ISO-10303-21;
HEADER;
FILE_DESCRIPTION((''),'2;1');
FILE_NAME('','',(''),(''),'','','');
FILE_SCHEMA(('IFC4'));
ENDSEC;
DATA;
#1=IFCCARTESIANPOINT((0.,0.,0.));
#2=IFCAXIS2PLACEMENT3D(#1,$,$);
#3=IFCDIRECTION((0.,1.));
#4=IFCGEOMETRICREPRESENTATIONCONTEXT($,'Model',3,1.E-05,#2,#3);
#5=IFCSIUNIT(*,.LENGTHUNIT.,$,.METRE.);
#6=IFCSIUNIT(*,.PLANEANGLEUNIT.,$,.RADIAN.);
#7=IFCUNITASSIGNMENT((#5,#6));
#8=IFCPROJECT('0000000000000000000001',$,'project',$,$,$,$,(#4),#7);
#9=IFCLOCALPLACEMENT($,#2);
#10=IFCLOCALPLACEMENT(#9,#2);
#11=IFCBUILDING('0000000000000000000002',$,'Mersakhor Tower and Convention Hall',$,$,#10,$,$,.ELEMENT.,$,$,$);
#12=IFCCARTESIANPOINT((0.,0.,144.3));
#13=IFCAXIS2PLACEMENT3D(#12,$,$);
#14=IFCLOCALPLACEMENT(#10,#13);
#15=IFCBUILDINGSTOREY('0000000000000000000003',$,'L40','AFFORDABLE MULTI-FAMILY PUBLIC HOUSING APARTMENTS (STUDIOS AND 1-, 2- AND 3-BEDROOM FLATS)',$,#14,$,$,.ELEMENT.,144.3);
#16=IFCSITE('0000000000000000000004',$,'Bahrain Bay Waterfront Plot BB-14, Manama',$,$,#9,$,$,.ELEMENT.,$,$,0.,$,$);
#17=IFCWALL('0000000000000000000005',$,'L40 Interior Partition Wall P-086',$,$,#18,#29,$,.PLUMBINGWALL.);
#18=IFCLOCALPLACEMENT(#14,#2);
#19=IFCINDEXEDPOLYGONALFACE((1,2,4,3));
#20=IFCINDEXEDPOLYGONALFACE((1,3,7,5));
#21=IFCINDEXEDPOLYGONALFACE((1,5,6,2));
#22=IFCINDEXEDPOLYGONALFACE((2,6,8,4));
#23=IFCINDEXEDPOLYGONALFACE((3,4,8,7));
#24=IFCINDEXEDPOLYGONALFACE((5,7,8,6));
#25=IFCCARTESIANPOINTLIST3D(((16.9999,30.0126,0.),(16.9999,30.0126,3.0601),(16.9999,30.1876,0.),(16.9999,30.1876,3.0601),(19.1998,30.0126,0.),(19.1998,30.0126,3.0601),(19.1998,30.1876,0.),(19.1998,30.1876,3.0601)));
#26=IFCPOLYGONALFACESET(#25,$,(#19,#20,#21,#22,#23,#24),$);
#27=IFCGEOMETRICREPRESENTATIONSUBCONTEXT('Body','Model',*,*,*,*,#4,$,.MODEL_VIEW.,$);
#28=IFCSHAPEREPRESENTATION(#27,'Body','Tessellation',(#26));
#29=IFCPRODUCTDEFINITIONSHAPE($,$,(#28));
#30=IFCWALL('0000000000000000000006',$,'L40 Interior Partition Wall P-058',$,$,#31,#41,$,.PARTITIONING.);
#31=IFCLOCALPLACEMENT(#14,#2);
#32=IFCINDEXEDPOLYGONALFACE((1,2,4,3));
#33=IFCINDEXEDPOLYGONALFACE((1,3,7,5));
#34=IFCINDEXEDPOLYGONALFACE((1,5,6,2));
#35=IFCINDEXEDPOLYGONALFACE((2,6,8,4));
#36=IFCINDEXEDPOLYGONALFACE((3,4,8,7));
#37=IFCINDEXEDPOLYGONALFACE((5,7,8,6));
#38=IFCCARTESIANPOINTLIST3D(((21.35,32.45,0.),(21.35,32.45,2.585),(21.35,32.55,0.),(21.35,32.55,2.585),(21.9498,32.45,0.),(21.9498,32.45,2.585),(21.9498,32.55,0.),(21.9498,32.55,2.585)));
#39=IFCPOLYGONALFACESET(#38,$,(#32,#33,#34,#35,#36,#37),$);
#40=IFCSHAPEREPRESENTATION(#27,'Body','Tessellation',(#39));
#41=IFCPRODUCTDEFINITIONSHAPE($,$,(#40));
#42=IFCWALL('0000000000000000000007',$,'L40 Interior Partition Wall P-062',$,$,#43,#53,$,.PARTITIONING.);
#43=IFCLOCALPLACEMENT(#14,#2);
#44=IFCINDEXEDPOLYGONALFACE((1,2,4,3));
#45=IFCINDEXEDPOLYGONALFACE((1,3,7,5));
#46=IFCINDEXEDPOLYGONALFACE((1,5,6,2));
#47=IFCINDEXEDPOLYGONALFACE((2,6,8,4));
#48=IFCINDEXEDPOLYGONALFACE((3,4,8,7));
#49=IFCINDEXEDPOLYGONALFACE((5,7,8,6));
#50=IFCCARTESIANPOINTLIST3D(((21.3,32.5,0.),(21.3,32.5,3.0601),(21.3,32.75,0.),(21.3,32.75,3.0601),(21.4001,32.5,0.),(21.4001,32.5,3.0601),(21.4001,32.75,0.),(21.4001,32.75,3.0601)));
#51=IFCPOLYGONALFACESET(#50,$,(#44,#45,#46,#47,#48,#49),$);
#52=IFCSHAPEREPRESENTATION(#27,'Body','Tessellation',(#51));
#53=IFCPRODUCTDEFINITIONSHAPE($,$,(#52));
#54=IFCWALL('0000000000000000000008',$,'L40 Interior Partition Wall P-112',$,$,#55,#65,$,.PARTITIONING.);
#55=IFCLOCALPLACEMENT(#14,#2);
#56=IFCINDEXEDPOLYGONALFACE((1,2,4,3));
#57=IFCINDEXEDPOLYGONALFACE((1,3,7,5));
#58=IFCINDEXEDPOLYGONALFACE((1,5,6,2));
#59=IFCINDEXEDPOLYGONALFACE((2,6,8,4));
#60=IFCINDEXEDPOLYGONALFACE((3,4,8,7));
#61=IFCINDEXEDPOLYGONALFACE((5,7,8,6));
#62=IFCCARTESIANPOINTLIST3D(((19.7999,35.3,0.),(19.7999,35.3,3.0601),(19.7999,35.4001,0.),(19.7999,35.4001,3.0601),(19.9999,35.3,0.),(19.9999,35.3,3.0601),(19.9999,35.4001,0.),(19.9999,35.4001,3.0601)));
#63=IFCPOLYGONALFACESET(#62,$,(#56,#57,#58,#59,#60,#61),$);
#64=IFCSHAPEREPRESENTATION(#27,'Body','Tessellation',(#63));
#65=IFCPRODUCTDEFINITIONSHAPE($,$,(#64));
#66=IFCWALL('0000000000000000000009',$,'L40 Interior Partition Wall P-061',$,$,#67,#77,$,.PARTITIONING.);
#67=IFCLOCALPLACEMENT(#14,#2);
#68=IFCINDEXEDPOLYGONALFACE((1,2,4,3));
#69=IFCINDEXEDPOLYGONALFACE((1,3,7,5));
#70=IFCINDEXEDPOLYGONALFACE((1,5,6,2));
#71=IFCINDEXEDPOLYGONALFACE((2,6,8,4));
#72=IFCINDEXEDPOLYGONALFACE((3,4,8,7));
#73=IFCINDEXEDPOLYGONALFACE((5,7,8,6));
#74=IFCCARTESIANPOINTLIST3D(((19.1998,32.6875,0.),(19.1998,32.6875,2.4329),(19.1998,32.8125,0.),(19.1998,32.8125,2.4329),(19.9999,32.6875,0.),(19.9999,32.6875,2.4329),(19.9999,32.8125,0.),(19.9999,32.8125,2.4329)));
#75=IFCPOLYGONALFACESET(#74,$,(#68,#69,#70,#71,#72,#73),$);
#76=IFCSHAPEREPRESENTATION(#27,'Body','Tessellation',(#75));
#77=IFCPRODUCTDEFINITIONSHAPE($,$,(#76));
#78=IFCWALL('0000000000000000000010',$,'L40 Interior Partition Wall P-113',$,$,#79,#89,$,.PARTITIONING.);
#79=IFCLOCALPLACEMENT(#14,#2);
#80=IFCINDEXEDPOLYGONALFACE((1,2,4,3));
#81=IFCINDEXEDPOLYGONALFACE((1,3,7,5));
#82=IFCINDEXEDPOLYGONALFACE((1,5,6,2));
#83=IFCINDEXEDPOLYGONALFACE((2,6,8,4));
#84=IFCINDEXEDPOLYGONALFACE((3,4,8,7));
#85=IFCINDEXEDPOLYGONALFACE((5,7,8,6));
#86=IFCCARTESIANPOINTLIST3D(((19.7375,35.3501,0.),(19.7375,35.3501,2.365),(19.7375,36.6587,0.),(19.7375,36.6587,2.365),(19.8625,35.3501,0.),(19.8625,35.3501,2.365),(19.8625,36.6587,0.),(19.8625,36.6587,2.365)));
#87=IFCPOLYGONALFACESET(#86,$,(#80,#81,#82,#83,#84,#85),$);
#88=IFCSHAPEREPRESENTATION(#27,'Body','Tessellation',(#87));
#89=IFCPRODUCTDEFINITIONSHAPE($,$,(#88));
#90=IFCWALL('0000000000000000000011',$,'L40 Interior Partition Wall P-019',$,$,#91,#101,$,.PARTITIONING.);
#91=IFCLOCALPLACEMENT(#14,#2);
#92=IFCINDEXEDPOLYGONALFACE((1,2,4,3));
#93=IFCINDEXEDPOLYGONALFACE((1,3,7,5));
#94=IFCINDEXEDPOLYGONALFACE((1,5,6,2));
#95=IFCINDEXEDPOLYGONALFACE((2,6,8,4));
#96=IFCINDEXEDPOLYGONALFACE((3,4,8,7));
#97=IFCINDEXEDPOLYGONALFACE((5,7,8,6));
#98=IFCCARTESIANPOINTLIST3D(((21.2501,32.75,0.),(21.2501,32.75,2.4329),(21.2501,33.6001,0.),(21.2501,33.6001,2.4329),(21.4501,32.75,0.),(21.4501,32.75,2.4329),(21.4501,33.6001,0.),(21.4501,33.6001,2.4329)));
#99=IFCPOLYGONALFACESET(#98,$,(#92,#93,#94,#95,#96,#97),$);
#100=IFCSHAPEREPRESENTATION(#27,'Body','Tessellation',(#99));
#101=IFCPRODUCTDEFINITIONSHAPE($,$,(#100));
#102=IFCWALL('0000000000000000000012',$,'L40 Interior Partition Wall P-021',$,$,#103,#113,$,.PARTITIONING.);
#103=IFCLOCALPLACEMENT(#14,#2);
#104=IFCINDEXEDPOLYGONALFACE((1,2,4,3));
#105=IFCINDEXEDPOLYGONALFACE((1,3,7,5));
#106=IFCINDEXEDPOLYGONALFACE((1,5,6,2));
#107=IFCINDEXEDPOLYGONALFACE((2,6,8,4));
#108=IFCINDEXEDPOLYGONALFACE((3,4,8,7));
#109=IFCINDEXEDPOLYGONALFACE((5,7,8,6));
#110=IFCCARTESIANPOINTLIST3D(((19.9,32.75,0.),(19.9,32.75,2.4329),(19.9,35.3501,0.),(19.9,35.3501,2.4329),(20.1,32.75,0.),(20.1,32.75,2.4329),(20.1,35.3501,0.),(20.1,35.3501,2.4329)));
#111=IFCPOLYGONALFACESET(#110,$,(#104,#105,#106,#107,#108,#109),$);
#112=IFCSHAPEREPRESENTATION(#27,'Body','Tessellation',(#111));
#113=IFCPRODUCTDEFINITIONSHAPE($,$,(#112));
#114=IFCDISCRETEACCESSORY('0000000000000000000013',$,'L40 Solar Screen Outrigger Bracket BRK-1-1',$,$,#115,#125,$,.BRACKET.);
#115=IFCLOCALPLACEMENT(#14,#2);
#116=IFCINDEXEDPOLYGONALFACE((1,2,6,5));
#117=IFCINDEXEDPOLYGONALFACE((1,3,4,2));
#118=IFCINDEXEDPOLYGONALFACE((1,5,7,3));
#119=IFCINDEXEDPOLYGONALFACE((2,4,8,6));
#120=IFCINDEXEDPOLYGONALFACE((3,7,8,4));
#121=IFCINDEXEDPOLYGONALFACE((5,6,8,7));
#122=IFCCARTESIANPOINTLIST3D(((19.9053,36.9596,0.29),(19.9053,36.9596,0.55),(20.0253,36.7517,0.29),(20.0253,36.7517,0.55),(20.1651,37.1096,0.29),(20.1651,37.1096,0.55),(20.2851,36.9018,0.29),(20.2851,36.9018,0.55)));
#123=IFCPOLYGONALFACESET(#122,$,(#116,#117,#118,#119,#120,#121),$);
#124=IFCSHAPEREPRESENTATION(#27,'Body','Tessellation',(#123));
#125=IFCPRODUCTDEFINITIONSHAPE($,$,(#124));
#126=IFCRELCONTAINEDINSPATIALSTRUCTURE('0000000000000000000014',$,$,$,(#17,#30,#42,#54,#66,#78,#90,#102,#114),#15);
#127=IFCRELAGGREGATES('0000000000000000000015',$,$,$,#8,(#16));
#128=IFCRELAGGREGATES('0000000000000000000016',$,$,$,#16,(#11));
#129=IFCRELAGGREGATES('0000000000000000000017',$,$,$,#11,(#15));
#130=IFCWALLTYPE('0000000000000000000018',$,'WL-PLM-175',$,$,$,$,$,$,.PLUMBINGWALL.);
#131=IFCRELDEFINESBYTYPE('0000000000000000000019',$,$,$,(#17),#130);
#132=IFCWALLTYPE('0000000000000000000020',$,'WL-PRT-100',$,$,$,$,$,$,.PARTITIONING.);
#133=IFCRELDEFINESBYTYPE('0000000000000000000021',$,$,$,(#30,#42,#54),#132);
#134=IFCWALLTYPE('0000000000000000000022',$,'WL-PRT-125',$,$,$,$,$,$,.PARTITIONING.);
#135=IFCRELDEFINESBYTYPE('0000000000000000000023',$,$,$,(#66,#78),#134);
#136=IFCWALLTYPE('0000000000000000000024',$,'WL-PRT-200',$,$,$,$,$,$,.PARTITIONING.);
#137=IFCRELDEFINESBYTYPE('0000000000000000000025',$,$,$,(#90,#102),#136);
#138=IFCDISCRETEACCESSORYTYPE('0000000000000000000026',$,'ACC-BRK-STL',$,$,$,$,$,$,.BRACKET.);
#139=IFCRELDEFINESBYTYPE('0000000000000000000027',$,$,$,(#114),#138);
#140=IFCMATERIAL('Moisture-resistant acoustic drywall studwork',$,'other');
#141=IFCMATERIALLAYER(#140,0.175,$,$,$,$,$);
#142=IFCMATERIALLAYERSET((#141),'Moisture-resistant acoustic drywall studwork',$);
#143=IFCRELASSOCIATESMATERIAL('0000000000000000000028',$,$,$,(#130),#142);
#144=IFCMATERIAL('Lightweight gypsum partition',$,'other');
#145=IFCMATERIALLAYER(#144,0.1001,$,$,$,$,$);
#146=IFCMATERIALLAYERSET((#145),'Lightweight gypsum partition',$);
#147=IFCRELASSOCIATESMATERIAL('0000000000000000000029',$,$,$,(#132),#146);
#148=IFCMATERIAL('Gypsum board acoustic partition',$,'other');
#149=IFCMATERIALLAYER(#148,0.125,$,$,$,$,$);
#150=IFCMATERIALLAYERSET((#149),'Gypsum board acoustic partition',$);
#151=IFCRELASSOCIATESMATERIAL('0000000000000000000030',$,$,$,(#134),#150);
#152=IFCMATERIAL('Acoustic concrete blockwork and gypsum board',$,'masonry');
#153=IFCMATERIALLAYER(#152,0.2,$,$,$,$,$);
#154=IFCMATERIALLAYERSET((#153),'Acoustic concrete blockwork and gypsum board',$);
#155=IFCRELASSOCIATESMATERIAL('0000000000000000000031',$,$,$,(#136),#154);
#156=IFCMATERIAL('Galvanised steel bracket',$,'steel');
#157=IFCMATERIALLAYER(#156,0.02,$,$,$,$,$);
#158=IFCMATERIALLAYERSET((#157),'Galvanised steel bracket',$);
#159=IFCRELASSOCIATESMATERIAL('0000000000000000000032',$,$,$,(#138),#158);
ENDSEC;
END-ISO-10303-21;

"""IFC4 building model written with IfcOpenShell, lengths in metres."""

from ifc_helpers import new_model, si_unit, direction, frame, frame_2d, origin, origin_2d, place, context, subcontext, project, spatial, rectangle, extrude, material, layer, layer_set, type_object, element, save


model = new_model("IFC4")

# Units and contexts
model_context = context("Model", 3, precision=1e-05, world=origin(), true_north=direction((0.0, 1.0)))
body_context = subcontext(model_context, "Body", "Model", "MODEL_VIEW")
ifc_project = project(units=[si_unit("LENGTHUNIT", "METRE"), si_unit("PLANEANGLEUNIT", "RADIAN")], contexts=[model_context])

# Site, building, storey
site_placement = place(None, origin())
site = spatial("IfcSite", under=ifc_project, at=site_placement, Name="Bahrain Bay Waterfront Plot BB-14, Manama", CompositionType="ELEMENT", RefElevation=0.0)
building_placement = place(site_placement, origin())
building = spatial("IfcBuilding", under=site, at=building_placement, Name="Mersakhor Tower and Convention Hall", CompositionType="ELEMENT")
storey_placement = place(building_placement, frame((0.0, 0.0, 144.3)))
storey = spatial("IfcBuildingStorey", under=building, at=storey_placement, Name="L40", Description="AFFORDABLE MULTI-FAMILY PUBLIC HOUSING APARTMENTS (STUDIOS AND 1-, 2- AND 3-BEDROOM FLATS)", CompositionType="ELEMENT", Elevation=144.3)

# Shared definitions
ifc_material_1 = material(Name="Moisture-resistant acoustic drywall studwork", Category="other")
ifc_layer_1 = layer(ifc_material_1, 0.175)
ifc_layer_set_1 = layer_set([ifc_layer_1], Name="Moisture-resistant acoustic drywall studwork")
wall_type_1 = type_object("IfcWallType", Name="WL-PLM-175", PredefinedType="PLUMBINGWALL", material=ifc_layer_set_1)

# Walls
wall_1_placement = place(storey_placement, frame((19.2, 30.1001, 0.0), z_axis=(0.0, 0.0, 1.0), x_axis=(-1.0, 0.0, 0.0)))
element("IfcWall", 1, at=wall_1_placement, inside=storey, type_object=wall_type_1, Name="L40 Interior Partition Wall P-086", PredefinedType="PLUMBINGWALL", context=body_context, shape_type="SweptSolid", body=[
    extrude(rectangle(XDim=2.2, YDim=0.175, at=frame_2d((1.1001, 0.0))), origin(), (0.0, 0.0, 1.0), 3.0601),
])
ifc_material_2 = material(Name="Lightweight gypsum partition", Category="other")
ifc_layer_2 = layer(ifc_material_2, 0.1001)
ifc_layer_set_2 = layer_set([ifc_layer_2], Name="Lightweight gypsum partition")
wall_type_2 = type_object("IfcWallType", Name="WL-PRT-100", PredefinedType="PARTITIONING", material=ifc_layer_set_2)
wall_2_placement = place(storey_placement, frame((21.3501, 32.5, 0.0), z_axis=(0.0, 0.0, 1.0), x_axis=(1.0, 0.0, 0.0)))
element("IfcWall", 2, at=wall_2_placement, inside=storey, type_object=wall_type_2, Name="L40 Interior Partition Wall P-058", PredefinedType="PARTITIONING", context=body_context, shape_type="SweptSolid", body=[
    extrude(rectangle(XDim=0.5999, YDim=0.1001, at=frame_2d((0.2998, 0.0))), origin(), (0.0, 0.0, 1.0), 2.585),
])
wall_3_placement = place(storey_placement, frame((21.3501, 32.75, 0.0), z_axis=(0.0, 0.0, 1.0), x_axis=(0.0, -1.0, 0.0)))
element("IfcWall", 3, at=wall_3_placement, inside=storey, type_object=wall_type_2, Name="L40 Interior Partition Wall P-062", PredefinedType="PARTITIONING", context=body_context, shape_type="SweptSolid", body=[
    extrude(rectangle(XDim=0.25, YDim=0.1001, at=frame_2d((0.125, 0.0))), origin(), (0.0, 0.0, 1.0), 3.0601),
])
wall_4_placement = place(storey_placement, frame((20.0, 35.3501, 0.0), z_axis=(0.0, 0.0, 1.0), x_axis=(-1.0, 0.0, 0.0)))
element("IfcWall", 4, at=wall_4_placement, inside=storey, type_object=wall_type_2, Name="L40 Interior Partition Wall P-112", PredefinedType="PARTITIONING", context=body_context, shape_type="SweptSolid", body=[
    extrude(rectangle(XDim=0.2, YDim=0.1001, at=frame_2d((0.1001, 0.0))), origin(), (0.0, 0.0, 1.0), 3.0601),
])
ifc_material_3 = material(Name="Gypsum board acoustic partition", Category="other")
ifc_layer_3 = layer(ifc_material_3, 0.125)
ifc_layer_set_3 = layer_set([ifc_layer_3], Name="Gypsum board acoustic partition")
wall_type_3 = type_object("IfcWallType", Name="WL-PRT-125", PredefinedType="PARTITIONING", material=ifc_layer_set_3)
wall_5_placement = place(storey_placement, frame((19.2, 32.75, 0.0), z_axis=(0.0, 0.0, 1.0), x_axis=(1.0, 0.0, 0.0)))
element("IfcWall", 5, at=wall_5_placement, inside=storey, type_object=wall_type_3, Name="L40 Interior Partition Wall P-061", PredefinedType="PARTITIONING", context=body_context, shape_type="SweptSolid", body=[
    extrude(rectangle(XDim=0.8, YDim=0.125, at=frame_2d((0.3999, 0.0))), origin(), (0.0, 0.0, 1.0), 2.4329),
])
wall_6_placement = place(storey_placement, frame((19.8, 35.3501, 0.0), z_axis=(0.0, 0.0, 1.0), x_axis=(0.0, 1.0, 0.0)))
element("IfcWall", 6, at=wall_6_placement, inside=storey, type_object=wall_type_3, Name="L40 Interior Partition Wall P-113", PredefinedType="PARTITIONING", context=body_context, shape_type="SweptSolid", body=[
    extrude(rectangle(XDim=1.3086, YDim=0.125, at=frame_2d((0.6543, 0.0))), origin(), (0.0, 0.0, 1.0), 2.365),
])
ifc_material_4 = material(Name="Acoustic concrete blockwork and gypsum board", Category="masonry")
ifc_layer_4 = layer(ifc_material_4, 0.2)
ifc_layer_set_4 = layer_set([ifc_layer_4], Name="Acoustic concrete blockwork and gypsum board")
wall_type_4 = type_object("IfcWallType", Name="WL-PRT-200", PredefinedType="PARTITIONING", material=ifc_layer_set_4)
wall_7_placement = place(storey_placement, frame((21.3501, 33.6001, 0.0), z_axis=(0.0, 0.0, 1.0), x_axis=(0.0, -1.0, 0.0)))
element("IfcWall", 7, at=wall_7_placement, inside=storey, type_object=wall_type_4, Name="L40 Interior Partition Wall P-019", PredefinedType="PARTITIONING", context=body_context, shape_type="SweptSolid", body=[
    extrude(rectangle(XDim=0.8501, YDim=0.2, at=frame_2d((0.425, 0.0))), origin(), (0.0, 0.0, 1.0), 2.4329),
])

# Wall
wall_8_placement = place(storey_placement, frame((20.0, 32.75, 0.0), z_axis=(0.0, 0.0, 1.0), x_axis=(0.0, 1.0, 0.0)))
element("IfcWall", 8, at=wall_8_placement, inside=storey, type_object=wall_type_4, Name="L40 Interior Partition Wall P-021", PredefinedType="PARTITIONING", context=body_context, shape_type="SweptSolid", body=[
    extrude(rectangle(XDim=2.6001, YDim=0.2, at=frame_2d((1.3, 0.0))), origin(), (0.0, 0.0, 1.0), 2.4329),
])

# Discrete accessory
ifc_material_5 = material(Name="Galvanised steel bracket", Category="steel")
ifc_layer_5 = layer(ifc_material_5, 0.02)
ifc_layer_set_5 = layer_set([ifc_layer_5], Name="Galvanised steel bracket")
discrete_accessory_type = type_object("IfcDiscreteAccessoryType", Name="ACC-BRK-STL", PredefinedType="BRACKET", material=ifc_layer_set_5)
discrete_accessory_placement = place(storey_placement, frame((20.0952, 36.9307, 0.29), z_axis=(0.0, 0.0, 1.0), x_axis=(0.866025, 0.5, 0.0)))
element("IfcDiscreteAccessory", 9, at=discrete_accessory_placement, inside=storey, type_object=discrete_accessory_type, Name="L40 Solar Screen Outrigger Bracket BRK-1-1", PredefinedType="BRACKET", context=body_context, shape_type="SweptSolid", body=[
    extrude(rectangle(XDim=0.3, YDim=0.24, at=origin_2d()), origin(), (0.0, 0.0, 1.0), 0.26),
])

save(model, "model.ifc")
